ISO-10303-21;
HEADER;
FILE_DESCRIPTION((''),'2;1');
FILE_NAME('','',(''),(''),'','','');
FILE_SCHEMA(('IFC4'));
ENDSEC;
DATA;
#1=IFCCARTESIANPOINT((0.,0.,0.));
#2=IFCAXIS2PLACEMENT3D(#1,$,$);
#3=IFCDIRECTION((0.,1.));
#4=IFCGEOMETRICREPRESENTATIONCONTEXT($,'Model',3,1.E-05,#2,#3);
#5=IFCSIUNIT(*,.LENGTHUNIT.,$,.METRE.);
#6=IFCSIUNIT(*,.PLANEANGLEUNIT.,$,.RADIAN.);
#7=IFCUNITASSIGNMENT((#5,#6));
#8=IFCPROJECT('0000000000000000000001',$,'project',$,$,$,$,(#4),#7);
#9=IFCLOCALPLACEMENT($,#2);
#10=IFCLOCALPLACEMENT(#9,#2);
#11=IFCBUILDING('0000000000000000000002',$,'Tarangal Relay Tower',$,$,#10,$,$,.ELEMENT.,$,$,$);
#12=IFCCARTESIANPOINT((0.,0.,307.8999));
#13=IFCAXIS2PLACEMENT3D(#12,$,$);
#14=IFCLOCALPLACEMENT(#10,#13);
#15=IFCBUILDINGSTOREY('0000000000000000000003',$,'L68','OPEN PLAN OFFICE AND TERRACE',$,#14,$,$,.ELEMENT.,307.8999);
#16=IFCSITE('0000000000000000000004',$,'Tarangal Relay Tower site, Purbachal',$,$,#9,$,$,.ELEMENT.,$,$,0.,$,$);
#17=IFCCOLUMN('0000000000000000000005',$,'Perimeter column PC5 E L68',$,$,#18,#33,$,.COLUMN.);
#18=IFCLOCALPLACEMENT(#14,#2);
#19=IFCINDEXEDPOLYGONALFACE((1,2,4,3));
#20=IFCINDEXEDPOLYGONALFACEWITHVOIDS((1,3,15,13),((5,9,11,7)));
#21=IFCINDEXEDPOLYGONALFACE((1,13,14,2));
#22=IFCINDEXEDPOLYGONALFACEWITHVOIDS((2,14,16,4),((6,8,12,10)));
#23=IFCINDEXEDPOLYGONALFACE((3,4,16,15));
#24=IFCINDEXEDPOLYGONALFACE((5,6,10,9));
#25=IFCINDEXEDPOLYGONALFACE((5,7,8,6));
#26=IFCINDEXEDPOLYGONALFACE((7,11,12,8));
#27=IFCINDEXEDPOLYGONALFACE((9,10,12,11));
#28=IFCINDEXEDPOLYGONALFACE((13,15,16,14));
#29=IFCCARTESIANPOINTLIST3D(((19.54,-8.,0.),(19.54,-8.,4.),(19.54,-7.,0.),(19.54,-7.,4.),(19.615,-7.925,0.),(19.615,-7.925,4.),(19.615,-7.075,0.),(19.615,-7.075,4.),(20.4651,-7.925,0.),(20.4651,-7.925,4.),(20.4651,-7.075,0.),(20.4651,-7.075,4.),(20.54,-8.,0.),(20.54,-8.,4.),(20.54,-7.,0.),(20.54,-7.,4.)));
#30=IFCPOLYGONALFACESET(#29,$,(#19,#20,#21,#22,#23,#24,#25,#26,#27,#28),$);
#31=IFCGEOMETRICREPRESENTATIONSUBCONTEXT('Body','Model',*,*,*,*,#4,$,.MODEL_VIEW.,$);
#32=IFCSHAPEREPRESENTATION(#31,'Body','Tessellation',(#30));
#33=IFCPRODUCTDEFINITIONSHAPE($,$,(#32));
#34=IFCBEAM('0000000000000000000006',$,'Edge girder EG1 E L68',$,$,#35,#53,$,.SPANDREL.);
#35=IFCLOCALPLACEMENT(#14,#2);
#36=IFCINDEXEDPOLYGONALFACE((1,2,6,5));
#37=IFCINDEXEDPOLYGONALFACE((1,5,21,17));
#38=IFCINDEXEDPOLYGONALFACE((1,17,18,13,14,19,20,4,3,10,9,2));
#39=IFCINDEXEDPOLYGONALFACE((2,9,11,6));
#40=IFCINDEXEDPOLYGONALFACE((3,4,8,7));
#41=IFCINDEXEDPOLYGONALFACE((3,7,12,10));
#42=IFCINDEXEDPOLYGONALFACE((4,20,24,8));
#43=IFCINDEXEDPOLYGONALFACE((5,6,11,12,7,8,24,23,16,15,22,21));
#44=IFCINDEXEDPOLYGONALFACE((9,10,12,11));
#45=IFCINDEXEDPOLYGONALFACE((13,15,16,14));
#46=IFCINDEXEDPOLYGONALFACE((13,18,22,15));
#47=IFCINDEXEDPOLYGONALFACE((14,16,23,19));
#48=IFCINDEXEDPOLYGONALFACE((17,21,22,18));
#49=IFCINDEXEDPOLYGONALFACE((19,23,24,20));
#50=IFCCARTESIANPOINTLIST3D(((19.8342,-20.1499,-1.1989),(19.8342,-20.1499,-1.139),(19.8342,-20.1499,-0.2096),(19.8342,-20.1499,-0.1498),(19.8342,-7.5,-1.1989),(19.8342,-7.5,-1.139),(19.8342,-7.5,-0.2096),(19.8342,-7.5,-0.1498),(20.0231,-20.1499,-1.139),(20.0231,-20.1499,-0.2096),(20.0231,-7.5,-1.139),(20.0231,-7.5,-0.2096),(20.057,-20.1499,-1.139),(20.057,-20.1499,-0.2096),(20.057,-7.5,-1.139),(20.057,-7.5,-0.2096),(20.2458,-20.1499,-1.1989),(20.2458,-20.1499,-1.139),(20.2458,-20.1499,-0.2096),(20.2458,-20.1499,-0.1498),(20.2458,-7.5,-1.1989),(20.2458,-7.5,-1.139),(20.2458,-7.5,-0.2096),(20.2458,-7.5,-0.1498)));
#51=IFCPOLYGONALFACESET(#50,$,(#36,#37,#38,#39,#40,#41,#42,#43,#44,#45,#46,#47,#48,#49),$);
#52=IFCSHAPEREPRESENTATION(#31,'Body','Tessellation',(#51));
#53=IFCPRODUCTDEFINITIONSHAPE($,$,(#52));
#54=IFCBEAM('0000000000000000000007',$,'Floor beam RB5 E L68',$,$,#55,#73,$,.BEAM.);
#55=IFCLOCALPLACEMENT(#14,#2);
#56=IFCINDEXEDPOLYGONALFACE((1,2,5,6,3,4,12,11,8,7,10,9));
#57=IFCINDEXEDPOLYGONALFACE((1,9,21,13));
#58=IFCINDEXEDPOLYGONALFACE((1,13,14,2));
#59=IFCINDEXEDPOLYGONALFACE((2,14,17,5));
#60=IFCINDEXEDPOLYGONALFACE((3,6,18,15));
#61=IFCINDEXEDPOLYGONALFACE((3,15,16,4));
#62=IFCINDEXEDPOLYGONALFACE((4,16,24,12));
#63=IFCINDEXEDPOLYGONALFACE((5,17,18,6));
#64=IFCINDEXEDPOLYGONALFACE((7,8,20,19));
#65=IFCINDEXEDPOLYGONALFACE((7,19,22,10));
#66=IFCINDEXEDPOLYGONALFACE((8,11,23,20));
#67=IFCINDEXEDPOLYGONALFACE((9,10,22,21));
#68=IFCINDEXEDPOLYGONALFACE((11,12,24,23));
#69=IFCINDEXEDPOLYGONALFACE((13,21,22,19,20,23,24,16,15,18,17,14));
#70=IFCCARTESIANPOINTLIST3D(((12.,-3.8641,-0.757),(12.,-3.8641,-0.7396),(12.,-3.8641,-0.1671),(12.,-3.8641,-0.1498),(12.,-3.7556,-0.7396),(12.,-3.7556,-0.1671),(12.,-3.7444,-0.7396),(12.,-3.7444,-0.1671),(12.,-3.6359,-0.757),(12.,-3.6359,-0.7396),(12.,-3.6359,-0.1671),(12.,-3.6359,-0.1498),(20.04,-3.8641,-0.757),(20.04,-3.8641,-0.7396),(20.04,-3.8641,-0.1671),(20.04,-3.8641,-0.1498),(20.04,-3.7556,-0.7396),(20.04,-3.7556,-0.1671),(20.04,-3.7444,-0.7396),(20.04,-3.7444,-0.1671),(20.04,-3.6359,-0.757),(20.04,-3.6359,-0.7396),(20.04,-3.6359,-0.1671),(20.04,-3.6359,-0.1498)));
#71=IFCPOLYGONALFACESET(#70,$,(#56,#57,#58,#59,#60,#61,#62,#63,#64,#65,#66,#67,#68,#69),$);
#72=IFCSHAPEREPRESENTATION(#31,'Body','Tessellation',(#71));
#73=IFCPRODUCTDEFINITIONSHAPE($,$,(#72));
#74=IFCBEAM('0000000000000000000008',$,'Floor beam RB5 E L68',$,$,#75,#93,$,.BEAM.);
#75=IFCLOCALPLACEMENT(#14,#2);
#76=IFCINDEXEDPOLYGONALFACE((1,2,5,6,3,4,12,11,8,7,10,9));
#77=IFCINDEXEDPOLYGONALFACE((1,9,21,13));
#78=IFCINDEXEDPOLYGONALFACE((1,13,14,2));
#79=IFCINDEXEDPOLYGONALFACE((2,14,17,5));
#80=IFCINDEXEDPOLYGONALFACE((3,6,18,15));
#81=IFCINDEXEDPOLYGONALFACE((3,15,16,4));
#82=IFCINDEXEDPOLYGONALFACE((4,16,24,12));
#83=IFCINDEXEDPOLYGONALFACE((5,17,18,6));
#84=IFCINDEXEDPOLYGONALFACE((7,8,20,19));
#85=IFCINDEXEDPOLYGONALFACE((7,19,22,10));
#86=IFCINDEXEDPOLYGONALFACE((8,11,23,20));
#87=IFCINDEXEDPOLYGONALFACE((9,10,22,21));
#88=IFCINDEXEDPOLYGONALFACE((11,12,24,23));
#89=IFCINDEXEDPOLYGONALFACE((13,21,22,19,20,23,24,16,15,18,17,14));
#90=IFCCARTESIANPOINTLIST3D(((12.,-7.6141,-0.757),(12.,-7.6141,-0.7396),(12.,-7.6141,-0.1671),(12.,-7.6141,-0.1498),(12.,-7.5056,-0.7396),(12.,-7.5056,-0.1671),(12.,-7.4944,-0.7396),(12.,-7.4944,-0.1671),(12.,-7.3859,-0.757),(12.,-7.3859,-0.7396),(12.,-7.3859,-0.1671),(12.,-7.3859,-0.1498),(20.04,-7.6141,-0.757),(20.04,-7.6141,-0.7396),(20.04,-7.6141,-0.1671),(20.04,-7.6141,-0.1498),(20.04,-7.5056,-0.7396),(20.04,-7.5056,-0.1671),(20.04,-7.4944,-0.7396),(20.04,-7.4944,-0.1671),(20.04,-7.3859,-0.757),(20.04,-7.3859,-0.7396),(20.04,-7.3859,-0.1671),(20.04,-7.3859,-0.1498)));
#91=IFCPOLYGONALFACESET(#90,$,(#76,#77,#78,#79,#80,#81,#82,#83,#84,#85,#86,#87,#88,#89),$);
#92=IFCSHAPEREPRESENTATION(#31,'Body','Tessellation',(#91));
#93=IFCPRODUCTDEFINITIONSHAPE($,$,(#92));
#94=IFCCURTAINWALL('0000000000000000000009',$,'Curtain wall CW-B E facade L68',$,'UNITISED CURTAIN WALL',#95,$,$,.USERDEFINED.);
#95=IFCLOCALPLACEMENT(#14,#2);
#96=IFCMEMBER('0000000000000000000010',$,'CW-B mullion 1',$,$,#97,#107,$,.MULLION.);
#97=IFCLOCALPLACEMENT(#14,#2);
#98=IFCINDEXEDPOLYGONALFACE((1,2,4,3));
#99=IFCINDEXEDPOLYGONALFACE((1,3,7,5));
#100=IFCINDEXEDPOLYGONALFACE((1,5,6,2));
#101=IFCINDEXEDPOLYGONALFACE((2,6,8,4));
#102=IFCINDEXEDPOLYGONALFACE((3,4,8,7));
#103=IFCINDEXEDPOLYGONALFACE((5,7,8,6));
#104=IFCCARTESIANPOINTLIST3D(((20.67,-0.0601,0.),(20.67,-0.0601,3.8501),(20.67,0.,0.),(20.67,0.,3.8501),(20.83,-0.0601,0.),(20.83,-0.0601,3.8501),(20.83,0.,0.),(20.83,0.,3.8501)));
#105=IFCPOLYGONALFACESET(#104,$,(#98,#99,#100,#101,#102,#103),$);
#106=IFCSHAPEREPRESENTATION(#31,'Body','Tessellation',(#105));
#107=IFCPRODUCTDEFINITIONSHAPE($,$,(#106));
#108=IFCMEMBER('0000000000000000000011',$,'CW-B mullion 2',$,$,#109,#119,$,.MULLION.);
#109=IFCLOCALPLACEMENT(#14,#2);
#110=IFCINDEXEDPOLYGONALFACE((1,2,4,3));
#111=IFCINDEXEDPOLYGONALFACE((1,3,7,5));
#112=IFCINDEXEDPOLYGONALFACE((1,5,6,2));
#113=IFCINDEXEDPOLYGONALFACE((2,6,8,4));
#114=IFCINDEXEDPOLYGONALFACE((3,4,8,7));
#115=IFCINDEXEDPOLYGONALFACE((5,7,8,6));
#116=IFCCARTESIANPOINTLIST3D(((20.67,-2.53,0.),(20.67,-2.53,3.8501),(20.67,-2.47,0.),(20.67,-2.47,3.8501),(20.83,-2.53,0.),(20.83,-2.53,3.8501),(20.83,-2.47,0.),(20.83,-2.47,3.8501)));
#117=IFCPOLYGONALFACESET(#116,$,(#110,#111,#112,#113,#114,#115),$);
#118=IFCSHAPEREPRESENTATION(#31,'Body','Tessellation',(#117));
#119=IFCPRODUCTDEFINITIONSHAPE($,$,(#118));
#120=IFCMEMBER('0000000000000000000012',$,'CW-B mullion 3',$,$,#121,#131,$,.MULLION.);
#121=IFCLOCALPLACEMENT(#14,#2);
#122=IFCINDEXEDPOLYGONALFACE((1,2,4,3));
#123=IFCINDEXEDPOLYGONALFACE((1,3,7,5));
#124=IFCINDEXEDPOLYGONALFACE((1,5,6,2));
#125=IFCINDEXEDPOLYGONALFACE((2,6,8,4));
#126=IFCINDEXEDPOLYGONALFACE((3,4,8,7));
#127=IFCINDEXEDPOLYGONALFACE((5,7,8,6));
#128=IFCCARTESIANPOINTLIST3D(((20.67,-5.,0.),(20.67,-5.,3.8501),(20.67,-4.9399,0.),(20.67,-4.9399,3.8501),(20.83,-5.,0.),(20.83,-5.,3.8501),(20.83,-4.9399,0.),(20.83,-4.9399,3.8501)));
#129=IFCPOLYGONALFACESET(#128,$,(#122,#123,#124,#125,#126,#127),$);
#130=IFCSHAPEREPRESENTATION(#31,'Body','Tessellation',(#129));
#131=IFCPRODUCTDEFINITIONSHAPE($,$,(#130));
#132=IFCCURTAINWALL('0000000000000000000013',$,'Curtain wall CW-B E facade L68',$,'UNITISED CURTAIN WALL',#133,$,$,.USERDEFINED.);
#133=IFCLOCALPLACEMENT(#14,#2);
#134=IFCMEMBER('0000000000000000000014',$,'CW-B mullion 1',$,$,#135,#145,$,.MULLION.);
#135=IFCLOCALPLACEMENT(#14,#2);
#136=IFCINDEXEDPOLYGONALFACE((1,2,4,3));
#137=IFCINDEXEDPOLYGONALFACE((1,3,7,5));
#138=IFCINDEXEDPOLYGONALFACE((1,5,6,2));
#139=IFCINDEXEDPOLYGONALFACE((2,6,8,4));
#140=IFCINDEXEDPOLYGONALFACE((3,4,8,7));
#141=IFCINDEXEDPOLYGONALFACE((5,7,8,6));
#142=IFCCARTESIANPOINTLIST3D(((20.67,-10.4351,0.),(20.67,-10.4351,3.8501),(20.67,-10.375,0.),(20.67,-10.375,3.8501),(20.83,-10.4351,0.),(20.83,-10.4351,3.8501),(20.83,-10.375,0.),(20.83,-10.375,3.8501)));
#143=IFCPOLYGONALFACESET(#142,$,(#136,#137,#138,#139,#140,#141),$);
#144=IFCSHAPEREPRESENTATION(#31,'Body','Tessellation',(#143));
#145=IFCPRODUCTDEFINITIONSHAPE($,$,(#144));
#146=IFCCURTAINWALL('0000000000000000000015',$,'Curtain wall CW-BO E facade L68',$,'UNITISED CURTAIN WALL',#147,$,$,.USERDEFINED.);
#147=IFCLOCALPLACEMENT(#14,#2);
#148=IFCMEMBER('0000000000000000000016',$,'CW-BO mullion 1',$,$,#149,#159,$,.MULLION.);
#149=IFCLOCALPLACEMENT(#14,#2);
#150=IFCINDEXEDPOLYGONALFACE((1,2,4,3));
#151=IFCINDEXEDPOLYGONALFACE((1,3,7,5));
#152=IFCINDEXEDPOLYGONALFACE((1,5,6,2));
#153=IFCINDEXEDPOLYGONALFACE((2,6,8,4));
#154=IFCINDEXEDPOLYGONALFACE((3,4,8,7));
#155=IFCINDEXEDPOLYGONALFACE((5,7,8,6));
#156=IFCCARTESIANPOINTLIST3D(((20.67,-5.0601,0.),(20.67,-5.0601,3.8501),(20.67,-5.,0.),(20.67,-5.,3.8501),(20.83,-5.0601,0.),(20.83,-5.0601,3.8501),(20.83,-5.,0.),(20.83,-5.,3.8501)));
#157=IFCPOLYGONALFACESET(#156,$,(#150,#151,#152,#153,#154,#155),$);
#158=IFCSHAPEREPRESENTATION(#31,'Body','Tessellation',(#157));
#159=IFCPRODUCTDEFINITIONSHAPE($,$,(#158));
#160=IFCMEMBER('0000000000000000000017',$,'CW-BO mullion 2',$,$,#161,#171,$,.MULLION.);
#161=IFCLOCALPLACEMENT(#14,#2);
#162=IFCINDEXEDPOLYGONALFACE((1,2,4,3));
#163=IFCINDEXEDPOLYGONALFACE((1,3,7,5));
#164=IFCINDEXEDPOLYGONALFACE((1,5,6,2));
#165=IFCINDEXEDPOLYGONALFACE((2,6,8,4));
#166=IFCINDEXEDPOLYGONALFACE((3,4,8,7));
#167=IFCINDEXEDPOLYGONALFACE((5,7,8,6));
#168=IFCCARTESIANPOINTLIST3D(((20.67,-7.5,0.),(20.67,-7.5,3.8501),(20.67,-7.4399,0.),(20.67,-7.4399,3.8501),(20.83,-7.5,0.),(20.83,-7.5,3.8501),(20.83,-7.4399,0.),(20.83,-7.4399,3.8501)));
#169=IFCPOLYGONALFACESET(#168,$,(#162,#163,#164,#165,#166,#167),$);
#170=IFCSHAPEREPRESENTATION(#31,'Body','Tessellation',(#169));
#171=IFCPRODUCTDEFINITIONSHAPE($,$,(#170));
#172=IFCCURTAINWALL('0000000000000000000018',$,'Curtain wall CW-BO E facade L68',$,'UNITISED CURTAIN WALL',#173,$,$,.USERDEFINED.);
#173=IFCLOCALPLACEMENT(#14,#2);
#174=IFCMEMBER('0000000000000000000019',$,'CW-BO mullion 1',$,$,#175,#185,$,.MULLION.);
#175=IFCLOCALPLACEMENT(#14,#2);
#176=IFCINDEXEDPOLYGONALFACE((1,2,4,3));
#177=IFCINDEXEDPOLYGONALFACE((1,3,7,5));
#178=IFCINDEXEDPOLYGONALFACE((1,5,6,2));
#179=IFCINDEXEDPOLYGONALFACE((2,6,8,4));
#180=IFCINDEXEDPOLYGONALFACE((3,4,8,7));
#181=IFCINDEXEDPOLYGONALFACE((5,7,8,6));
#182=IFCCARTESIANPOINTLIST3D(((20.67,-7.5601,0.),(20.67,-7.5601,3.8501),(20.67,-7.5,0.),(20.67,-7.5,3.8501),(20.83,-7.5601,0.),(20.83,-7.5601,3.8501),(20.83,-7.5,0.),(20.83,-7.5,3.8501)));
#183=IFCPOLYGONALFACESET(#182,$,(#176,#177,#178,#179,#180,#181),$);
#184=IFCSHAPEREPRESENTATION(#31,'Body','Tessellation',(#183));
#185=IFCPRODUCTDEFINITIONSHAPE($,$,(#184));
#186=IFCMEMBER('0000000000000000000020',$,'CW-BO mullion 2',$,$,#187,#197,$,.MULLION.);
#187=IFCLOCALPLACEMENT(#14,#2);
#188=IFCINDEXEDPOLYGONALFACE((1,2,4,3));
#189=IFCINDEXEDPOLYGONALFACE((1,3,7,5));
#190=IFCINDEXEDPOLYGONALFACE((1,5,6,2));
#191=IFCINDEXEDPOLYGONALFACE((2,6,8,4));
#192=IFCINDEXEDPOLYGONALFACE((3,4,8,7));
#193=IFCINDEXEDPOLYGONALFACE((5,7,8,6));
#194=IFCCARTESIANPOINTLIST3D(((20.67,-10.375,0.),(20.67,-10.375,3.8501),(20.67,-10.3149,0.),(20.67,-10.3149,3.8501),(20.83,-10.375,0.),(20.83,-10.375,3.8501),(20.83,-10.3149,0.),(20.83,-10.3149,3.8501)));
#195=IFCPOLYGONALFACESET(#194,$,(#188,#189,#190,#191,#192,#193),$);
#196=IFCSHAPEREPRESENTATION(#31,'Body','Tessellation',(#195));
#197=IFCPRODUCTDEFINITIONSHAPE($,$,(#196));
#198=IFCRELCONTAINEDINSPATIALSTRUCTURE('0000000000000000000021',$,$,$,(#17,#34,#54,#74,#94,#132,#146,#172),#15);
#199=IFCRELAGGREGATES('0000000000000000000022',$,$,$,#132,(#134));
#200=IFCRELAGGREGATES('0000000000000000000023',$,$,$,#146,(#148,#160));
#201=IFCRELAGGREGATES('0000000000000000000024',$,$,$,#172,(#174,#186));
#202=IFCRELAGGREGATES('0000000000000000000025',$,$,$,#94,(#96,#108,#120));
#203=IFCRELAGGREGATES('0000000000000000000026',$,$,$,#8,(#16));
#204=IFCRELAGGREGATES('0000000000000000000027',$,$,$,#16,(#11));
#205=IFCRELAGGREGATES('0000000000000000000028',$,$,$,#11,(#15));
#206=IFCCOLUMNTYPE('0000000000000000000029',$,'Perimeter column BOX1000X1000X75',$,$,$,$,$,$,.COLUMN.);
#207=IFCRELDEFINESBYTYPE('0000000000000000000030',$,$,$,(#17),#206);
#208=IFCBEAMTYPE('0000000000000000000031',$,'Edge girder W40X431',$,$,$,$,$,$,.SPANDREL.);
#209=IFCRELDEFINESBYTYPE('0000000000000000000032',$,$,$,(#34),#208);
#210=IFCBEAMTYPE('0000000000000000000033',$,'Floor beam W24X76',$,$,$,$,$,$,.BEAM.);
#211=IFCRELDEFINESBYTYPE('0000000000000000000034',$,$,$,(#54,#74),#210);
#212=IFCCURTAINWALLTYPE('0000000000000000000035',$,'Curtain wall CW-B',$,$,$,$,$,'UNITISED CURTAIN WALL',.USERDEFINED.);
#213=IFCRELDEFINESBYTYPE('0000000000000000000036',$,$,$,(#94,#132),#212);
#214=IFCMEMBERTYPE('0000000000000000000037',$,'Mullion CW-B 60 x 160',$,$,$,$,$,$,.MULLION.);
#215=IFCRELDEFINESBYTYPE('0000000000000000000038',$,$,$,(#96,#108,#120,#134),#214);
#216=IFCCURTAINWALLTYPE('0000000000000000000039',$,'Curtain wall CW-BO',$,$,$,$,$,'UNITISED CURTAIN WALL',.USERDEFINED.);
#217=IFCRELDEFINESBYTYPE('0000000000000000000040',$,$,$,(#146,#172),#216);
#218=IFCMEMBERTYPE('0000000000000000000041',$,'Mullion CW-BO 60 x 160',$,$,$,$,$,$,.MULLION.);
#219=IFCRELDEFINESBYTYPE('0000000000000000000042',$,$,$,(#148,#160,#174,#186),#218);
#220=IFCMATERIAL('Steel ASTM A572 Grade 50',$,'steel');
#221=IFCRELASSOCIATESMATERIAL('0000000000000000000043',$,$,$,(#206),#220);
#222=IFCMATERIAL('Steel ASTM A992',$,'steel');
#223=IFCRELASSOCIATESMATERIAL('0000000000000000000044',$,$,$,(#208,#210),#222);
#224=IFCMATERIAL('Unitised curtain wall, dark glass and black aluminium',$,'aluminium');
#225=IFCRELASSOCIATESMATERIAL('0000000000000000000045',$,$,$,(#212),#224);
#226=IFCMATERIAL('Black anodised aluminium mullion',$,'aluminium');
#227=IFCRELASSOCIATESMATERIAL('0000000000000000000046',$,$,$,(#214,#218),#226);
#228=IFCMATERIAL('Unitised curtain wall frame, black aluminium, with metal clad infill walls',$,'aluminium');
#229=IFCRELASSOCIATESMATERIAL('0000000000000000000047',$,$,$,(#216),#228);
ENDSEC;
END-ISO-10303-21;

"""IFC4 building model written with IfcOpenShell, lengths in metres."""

from ifc_helpers import new_model, si_unit, direction, frame, origin, origin_2d, place, context, subcontext, project, spatial, rectangle, hollow_rectangle, i_section, extrude, material, material_profile, profile_set, type_object, element, aggregate, save


model = new_model("IFC4")

# Units and contexts
model_context = context("Model", 3, precision=1e-05, world=origin(), true_north=direction((0.0, 1.0)))
body_context = subcontext(model_context, "Body", "Model", "MODEL_VIEW")
ifc_project = project(units=[si_unit("LENGTHUNIT", "METRE"), si_unit("PLANEANGLEUNIT", "RADIAN")], contexts=[model_context])

# Site, building, storey
site_placement = place(None, origin())
site = spatial("IfcSite", under=ifc_project, at=site_placement, Name="Tarangal Relay Tower site, Purbachal", CompositionType="ELEMENT", RefElevation=0.0)
building_placement = place(site_placement, origin())
building = spatial("IfcBuilding", under=site, at=building_placement, Name="Tarangal Relay Tower", CompositionType="ELEMENT")
storey_placement = place(building_placement, frame((0.0, 0.0, 307.8999)))
storey = spatial("IfcBuildingStorey", under=building, at=storey_placement, Name="L68", Description="OPEN PLAN OFFICE AND TERRACE", CompositionType="ELEMENT", Elevation=307.8999)

# Column
ifc_material_1 = material(Name="Steel ASTM A572 Grade 50", Category="steel")
ifc_material_profile_1 = material_profile(ifc_material_1, hollow_rectangle(XDim=1.0, YDim=1.0, WallThickness=0.075, at=origin_2d()), Name="BOX1000X1000X75")
ifc_profile_set_1 = profile_set([ifc_material_profile_1], Name="Steel ASTM A572 Grade 50")
column_type = type_object("IfcColumnType", Name="Perimeter column BOX1000X1000X75", PredefinedType="COLUMN", material=ifc_profile_set_1)
column_placement = place(storey_placement, frame((20.04, -7.5, 0.0), z_axis=(0.0, 0.0, 1.0), x_axis=(1.0, 0.0, 0.0)))
element("IfcColumn", 1, at=column_placement, inside=storey, type_object=column_type, Name="Perimeter column PC5 E L68", PredefinedType="COLUMN", context=body_context, shape_type="SweptSolid", body=[
    extrude(hollow_rectangle(XDim=1.0, YDim=1.0, WallThickness=0.075, at=origin_2d()), origin(), (0.0, 0.0, 1.0), 4.0),
])

# Beams
ifc_material_2 = material(Name="Steel ASTM A992", Category="steel")
ifc_material_profile_2 = material_profile(ifc_material_2, i_section(OverallWidth=0.4116, OverallDepth=1.0491, WebThickness=0.0339, FlangeThickness=0.0598, at=origin_2d()), Name="W40X431")
ifc_profile_set_2 = profile_set([ifc_material_profile_2], Name="Steel ASTM A992")
beam_type_1 = type_object("IfcBeamType", Name="Edge girder W40X431", PredefinedType="SPANDREL", material=ifc_profile_set_2)
beam_placement = place(storey_placement, frame((20.04, -7.5, -0.6743), z_axis=(0.0, -1.0, 0.0), x_axis=(1.0, 0.0, 0.0)))
element("IfcBeam", 2, at=beam_placement, inside=storey, type_object=beam_type_1, Name="Edge girder EG1 E L68", PredefinedType="SPANDREL", context=body_context, shape_type="SweptSolid", body=[
    extrude(i_section(OverallWidth=0.4116, OverallDepth=1.0491, WebThickness=0.0339, FlangeThickness=0.0598, at=origin_2d()), origin(), (0.0, 0.0, 1.0), 12.6499),
])
ifc_material_profile_3 = material_profile(ifc_material_2, i_section(OverallWidth=0.2283, OverallDepth=0.6072, WebThickness=0.0112, FlangeThickness=0.0173, at=origin_2d()), Name="W24X76")
ifc_profile_set_3 = profile_set([ifc_material_profile_3], Name="Steel ASTM A992")
beam_type_2 = type_object("IfcBeamType", Name="Floor beam W24X76", PredefinedType="BEAM", material=ifc_profile_set_3)
for number, where, z_axis, x_axis, name in (
    (3, (12.0, -3.75, -0.4534), (1.0, 0.0, 0.0), (0.0, 1.0, 0.0), "Floor beam RB5 E L68"),
    (4, (12.0, -7.5, -0.4534), (1.0, 0.0, 0.0), (0.0, 1.0, 0.0), "Floor beam RB5 E L68"),
):
    element("IfcBeam", number, at=place(storey_placement, frame(where, z_axis=z_axis, x_axis=x_axis)), inside=storey, type_object=beam_type_2, Name=name, PredefinedType="BEAM", context=body_context, shape_type="SweptSolid", body=[
        extrude(i_section(OverallWidth=0.2283, OverallDepth=0.6072, WebThickness=0.0112, FlangeThickness=0.0173, at=origin_2d()), origin(), (0.0, 0.0, 1.0), 8.04),
    ])

# Curtain wall, members
ifc_material_3 = material(Name="Unitised curtain wall, dark glass and black aluminium", Category="aluminium")
curtain_wall_type_1 = type_object("IfcCurtainWallType", Name="Curtain wall CW-B", ElementType="UNITISED CURTAIN WALL", PredefinedType="USERDEFINED", material=ifc_material_3)
curtain_wall_1_placement = place(storey_placement, origin())
curtain_wall_1 = element("IfcCurtainWall", 5, at=curtain_wall_1_placement, inside=storey, type_object=curtain_wall_type_1, Name="Curtain wall CW-B E facade L68", ObjectType="UNITISED CURTAIN WALL", PredefinedType="USERDEFINED")
ifc_material_4 = material(Name="Black anodised aluminium mullion", Category="aluminium")
ifc_material_profile_4 = material_profile(ifc_material_4, rectangle(XDim=0.1599, YDim=0.0601, at=origin_2d()), Name="CW-BM 60X160")
ifc_profile_set_4 = profile_set([ifc_material_profile_4], Name="Black anodised aluminium mullion")
member_type_1 = type_object("IfcMemberType", Name="Mullion CW-B 60 x 160", PredefinedType="MULLION", material=ifc_profile_set_4)
member_1_placement = place(storey_placement, frame((20.75, -0.03, 0.0), z_axis=(0.0, 0.0, 1.0), x_axis=(1.0, 0.0, 0.0)))
member_1 = element("IfcMember", 6, at=member_1_placement, type_object=member_type_1, Name="CW-B mullion 1", PredefinedType="MULLION", context=body_context, shape_type="SweptSolid", body=[
    extrude(rectangle(XDim=0.1599, YDim=0.0601, at=origin_2d()), origin(), (0.0, 0.0, 1.0), 3.8501),
])
member_2_placement = place(storey_placement, frame((20.75, -2.5, 0.0), z_axis=(0.0, 0.0, 1.0), x_axis=(1.0, 0.0, 0.0)))
member_2 = element("IfcMember", 7, at=member_2_placement, type_object=member_type_1, Name="CW-B mullion 2", PredefinedType="MULLION", context=body_context, shape_type="SweptSolid", body=[
    extrude(rectangle(XDim=0.1599, YDim=0.0601, at=origin_2d()), origin(), (0.0, 0.0, 1.0), 3.8501),
])
member_3_placement = place(storey_placement, frame((20.75, -4.97, 0.0), z_axis=(0.0, 0.0, 1.0), x_axis=(1.0, 0.0, 0.0)))
member_3 = element("IfcMember", 8, at=member_3_placement, type_object=member_type_1, Name="CW-B mullion 3", PredefinedType="MULLION", context=body_context, shape_type="SweptSolid", body=[
    extrude(rectangle(XDim=0.1599, YDim=0.0601, at=origin_2d()), origin(), (0.0, 0.0, 1.0), 3.8501),
])

# Curtain wall, member
curtain_wall_2_placement = place(storey_placement, origin())
curtain_wall_2 = element("IfcCurtainWall", 9, at=curtain_wall_2_placement, inside=storey, type_object=curtain_wall_type_1, Name="Curtain wall CW-B E facade L68", ObjectType="UNITISED CURTAIN WALL", PredefinedType="USERDEFINED")
member_4_placement = place(storey_placement, frame((20.75, -10.405, 0.0), z_axis=(0.0, 0.0, 1.0), x_axis=(1.0, 0.0, 0.0)))
member_4 = element("IfcMember", 10, at=member_4_placement, type_object=member_type_1, Name="CW-B mullion 1", PredefinedType="MULLION", context=body_context, shape_type="SweptSolid", body=[
    extrude(rectangle(XDim=0.1599, YDim=0.0601, at=origin_2d()), origin(), (0.0, 0.0, 1.0), 3.8501),
])

# Curtain walls, members
ifc_material_5 = material(Name="Unitised curtain wall frame, black aluminium, with metal clad infill walls", Category="aluminium")
curtain_wall_type_2 = type_object("IfcCurtainWallType", Name="Curtain wall CW-BO", ElementType="UNITISED CURTAIN WALL", PredefinedType="USERDEFINED", material=ifc_material_5)
curtain_wall_3_placement = place(storey_placement, origin())
curtain_wall_3 = element("IfcCurtainWall", 11, at=curtain_wall_3_placement, inside=storey, type_object=curtain_wall_type_2, Name="Curtain wall CW-BO E facade L68", ObjectType="UNITISED CURTAIN WALL", PredefinedType="USERDEFINED")
ifc_material_profile_5 = material_profile(ifc_material_4, rectangle(XDim=0.1599, YDim=0.0601, at=origin_2d()), Name="CW-BOM 60X160")
ifc_profile_set_5 = profile_set([ifc_material_profile_5], Name="Black anodised aluminium mullion")
member_type_2 = type_object("IfcMemberType", Name="Mullion CW-BO 60 x 160", PredefinedType="MULLION", material=ifc_profile_set_5)
member_5_placement = place(storey_placement, frame((20.75, -5.03, 0.0), z_axis=(0.0, 0.0, 1.0), x_axis=(1.0, 0.0, 0.0)))
member_5 = element("IfcMember", 12, at=member_5_placement, type_object=member_type_2, Name="CW-BO mullion 1", PredefinedType="MULLION", context=body_context, shape_type="SweptSolid", body=[
    extrude(rectangle(XDim=0.1599, YDim=0.0601, at=origin_2d()), origin(), (0.0, 0.0, 1.0), 3.8501),
])
member_6_placement = place(storey_placement, frame((20.75, -7.47, 0.0), z_axis=(0.0, 0.0, 1.0), x_axis=(1.0, 0.0, 0.0)))
member_6 = element("IfcMember", 13, at=member_6_placement, type_object=member_type_2, Name="CW-BO mullion 2", PredefinedType="MULLION", context=body_context, shape_type="SweptSolid", body=[
    extrude(rectangle(XDim=0.1599, YDim=0.0601, at=origin_2d()), origin(), (0.0, 0.0, 1.0), 3.8501),
])
curtain_wall_4_placement = place(storey_placement, origin())
curtain_wall_4 = element("IfcCurtainWall", 14, at=curtain_wall_4_placement, inside=storey, type_object=curtain_wall_type_2, Name="Curtain wall CW-BO E facade L68", ObjectType="UNITISED CURTAIN WALL", PredefinedType="USERDEFINED")
member_7_placement = place(storey_placement, frame((20.75, -7.53, 0.0), z_axis=(0.0, 0.0, 1.0), x_axis=(1.0, 0.0, 0.0)))
member_7 = element("IfcMember", 15, at=member_7_placement, type_object=member_type_2, Name="CW-BO mullion 1", PredefinedType="MULLION", context=body_context, shape_type="SweptSolid", body=[
    extrude(rectangle(XDim=0.1599, YDim=0.0601, at=origin_2d()), origin(), (0.0, 0.0, 1.0), 3.8501),
])
member_8_placement = place(storey_placement, frame((20.75, -10.345, 0.0), z_axis=(0.0, 0.0, 1.0), x_axis=(1.0, 0.0, 0.0)))
member_8 = element("IfcMember", 16, at=member_8_placement, type_object=member_type_2, Name="CW-BO mullion 2", PredefinedType="MULLION", context=body_context, shape_type="SweptSolid", body=[
    extrude(rectangle(XDim=0.1599, YDim=0.0601, at=origin_2d()), origin(), (0.0, 0.0, 1.0), 3.8501),
])

aggregate(curtain_wall_2, [member_4])
aggregate(curtain_wall_3, [member_5, member_6])
aggregate(curtain_wall_4, [member_7, member_8])

aggregate(curtain_wall_1, [member_1, member_2, member_3])

save(model, "model.ifc")
